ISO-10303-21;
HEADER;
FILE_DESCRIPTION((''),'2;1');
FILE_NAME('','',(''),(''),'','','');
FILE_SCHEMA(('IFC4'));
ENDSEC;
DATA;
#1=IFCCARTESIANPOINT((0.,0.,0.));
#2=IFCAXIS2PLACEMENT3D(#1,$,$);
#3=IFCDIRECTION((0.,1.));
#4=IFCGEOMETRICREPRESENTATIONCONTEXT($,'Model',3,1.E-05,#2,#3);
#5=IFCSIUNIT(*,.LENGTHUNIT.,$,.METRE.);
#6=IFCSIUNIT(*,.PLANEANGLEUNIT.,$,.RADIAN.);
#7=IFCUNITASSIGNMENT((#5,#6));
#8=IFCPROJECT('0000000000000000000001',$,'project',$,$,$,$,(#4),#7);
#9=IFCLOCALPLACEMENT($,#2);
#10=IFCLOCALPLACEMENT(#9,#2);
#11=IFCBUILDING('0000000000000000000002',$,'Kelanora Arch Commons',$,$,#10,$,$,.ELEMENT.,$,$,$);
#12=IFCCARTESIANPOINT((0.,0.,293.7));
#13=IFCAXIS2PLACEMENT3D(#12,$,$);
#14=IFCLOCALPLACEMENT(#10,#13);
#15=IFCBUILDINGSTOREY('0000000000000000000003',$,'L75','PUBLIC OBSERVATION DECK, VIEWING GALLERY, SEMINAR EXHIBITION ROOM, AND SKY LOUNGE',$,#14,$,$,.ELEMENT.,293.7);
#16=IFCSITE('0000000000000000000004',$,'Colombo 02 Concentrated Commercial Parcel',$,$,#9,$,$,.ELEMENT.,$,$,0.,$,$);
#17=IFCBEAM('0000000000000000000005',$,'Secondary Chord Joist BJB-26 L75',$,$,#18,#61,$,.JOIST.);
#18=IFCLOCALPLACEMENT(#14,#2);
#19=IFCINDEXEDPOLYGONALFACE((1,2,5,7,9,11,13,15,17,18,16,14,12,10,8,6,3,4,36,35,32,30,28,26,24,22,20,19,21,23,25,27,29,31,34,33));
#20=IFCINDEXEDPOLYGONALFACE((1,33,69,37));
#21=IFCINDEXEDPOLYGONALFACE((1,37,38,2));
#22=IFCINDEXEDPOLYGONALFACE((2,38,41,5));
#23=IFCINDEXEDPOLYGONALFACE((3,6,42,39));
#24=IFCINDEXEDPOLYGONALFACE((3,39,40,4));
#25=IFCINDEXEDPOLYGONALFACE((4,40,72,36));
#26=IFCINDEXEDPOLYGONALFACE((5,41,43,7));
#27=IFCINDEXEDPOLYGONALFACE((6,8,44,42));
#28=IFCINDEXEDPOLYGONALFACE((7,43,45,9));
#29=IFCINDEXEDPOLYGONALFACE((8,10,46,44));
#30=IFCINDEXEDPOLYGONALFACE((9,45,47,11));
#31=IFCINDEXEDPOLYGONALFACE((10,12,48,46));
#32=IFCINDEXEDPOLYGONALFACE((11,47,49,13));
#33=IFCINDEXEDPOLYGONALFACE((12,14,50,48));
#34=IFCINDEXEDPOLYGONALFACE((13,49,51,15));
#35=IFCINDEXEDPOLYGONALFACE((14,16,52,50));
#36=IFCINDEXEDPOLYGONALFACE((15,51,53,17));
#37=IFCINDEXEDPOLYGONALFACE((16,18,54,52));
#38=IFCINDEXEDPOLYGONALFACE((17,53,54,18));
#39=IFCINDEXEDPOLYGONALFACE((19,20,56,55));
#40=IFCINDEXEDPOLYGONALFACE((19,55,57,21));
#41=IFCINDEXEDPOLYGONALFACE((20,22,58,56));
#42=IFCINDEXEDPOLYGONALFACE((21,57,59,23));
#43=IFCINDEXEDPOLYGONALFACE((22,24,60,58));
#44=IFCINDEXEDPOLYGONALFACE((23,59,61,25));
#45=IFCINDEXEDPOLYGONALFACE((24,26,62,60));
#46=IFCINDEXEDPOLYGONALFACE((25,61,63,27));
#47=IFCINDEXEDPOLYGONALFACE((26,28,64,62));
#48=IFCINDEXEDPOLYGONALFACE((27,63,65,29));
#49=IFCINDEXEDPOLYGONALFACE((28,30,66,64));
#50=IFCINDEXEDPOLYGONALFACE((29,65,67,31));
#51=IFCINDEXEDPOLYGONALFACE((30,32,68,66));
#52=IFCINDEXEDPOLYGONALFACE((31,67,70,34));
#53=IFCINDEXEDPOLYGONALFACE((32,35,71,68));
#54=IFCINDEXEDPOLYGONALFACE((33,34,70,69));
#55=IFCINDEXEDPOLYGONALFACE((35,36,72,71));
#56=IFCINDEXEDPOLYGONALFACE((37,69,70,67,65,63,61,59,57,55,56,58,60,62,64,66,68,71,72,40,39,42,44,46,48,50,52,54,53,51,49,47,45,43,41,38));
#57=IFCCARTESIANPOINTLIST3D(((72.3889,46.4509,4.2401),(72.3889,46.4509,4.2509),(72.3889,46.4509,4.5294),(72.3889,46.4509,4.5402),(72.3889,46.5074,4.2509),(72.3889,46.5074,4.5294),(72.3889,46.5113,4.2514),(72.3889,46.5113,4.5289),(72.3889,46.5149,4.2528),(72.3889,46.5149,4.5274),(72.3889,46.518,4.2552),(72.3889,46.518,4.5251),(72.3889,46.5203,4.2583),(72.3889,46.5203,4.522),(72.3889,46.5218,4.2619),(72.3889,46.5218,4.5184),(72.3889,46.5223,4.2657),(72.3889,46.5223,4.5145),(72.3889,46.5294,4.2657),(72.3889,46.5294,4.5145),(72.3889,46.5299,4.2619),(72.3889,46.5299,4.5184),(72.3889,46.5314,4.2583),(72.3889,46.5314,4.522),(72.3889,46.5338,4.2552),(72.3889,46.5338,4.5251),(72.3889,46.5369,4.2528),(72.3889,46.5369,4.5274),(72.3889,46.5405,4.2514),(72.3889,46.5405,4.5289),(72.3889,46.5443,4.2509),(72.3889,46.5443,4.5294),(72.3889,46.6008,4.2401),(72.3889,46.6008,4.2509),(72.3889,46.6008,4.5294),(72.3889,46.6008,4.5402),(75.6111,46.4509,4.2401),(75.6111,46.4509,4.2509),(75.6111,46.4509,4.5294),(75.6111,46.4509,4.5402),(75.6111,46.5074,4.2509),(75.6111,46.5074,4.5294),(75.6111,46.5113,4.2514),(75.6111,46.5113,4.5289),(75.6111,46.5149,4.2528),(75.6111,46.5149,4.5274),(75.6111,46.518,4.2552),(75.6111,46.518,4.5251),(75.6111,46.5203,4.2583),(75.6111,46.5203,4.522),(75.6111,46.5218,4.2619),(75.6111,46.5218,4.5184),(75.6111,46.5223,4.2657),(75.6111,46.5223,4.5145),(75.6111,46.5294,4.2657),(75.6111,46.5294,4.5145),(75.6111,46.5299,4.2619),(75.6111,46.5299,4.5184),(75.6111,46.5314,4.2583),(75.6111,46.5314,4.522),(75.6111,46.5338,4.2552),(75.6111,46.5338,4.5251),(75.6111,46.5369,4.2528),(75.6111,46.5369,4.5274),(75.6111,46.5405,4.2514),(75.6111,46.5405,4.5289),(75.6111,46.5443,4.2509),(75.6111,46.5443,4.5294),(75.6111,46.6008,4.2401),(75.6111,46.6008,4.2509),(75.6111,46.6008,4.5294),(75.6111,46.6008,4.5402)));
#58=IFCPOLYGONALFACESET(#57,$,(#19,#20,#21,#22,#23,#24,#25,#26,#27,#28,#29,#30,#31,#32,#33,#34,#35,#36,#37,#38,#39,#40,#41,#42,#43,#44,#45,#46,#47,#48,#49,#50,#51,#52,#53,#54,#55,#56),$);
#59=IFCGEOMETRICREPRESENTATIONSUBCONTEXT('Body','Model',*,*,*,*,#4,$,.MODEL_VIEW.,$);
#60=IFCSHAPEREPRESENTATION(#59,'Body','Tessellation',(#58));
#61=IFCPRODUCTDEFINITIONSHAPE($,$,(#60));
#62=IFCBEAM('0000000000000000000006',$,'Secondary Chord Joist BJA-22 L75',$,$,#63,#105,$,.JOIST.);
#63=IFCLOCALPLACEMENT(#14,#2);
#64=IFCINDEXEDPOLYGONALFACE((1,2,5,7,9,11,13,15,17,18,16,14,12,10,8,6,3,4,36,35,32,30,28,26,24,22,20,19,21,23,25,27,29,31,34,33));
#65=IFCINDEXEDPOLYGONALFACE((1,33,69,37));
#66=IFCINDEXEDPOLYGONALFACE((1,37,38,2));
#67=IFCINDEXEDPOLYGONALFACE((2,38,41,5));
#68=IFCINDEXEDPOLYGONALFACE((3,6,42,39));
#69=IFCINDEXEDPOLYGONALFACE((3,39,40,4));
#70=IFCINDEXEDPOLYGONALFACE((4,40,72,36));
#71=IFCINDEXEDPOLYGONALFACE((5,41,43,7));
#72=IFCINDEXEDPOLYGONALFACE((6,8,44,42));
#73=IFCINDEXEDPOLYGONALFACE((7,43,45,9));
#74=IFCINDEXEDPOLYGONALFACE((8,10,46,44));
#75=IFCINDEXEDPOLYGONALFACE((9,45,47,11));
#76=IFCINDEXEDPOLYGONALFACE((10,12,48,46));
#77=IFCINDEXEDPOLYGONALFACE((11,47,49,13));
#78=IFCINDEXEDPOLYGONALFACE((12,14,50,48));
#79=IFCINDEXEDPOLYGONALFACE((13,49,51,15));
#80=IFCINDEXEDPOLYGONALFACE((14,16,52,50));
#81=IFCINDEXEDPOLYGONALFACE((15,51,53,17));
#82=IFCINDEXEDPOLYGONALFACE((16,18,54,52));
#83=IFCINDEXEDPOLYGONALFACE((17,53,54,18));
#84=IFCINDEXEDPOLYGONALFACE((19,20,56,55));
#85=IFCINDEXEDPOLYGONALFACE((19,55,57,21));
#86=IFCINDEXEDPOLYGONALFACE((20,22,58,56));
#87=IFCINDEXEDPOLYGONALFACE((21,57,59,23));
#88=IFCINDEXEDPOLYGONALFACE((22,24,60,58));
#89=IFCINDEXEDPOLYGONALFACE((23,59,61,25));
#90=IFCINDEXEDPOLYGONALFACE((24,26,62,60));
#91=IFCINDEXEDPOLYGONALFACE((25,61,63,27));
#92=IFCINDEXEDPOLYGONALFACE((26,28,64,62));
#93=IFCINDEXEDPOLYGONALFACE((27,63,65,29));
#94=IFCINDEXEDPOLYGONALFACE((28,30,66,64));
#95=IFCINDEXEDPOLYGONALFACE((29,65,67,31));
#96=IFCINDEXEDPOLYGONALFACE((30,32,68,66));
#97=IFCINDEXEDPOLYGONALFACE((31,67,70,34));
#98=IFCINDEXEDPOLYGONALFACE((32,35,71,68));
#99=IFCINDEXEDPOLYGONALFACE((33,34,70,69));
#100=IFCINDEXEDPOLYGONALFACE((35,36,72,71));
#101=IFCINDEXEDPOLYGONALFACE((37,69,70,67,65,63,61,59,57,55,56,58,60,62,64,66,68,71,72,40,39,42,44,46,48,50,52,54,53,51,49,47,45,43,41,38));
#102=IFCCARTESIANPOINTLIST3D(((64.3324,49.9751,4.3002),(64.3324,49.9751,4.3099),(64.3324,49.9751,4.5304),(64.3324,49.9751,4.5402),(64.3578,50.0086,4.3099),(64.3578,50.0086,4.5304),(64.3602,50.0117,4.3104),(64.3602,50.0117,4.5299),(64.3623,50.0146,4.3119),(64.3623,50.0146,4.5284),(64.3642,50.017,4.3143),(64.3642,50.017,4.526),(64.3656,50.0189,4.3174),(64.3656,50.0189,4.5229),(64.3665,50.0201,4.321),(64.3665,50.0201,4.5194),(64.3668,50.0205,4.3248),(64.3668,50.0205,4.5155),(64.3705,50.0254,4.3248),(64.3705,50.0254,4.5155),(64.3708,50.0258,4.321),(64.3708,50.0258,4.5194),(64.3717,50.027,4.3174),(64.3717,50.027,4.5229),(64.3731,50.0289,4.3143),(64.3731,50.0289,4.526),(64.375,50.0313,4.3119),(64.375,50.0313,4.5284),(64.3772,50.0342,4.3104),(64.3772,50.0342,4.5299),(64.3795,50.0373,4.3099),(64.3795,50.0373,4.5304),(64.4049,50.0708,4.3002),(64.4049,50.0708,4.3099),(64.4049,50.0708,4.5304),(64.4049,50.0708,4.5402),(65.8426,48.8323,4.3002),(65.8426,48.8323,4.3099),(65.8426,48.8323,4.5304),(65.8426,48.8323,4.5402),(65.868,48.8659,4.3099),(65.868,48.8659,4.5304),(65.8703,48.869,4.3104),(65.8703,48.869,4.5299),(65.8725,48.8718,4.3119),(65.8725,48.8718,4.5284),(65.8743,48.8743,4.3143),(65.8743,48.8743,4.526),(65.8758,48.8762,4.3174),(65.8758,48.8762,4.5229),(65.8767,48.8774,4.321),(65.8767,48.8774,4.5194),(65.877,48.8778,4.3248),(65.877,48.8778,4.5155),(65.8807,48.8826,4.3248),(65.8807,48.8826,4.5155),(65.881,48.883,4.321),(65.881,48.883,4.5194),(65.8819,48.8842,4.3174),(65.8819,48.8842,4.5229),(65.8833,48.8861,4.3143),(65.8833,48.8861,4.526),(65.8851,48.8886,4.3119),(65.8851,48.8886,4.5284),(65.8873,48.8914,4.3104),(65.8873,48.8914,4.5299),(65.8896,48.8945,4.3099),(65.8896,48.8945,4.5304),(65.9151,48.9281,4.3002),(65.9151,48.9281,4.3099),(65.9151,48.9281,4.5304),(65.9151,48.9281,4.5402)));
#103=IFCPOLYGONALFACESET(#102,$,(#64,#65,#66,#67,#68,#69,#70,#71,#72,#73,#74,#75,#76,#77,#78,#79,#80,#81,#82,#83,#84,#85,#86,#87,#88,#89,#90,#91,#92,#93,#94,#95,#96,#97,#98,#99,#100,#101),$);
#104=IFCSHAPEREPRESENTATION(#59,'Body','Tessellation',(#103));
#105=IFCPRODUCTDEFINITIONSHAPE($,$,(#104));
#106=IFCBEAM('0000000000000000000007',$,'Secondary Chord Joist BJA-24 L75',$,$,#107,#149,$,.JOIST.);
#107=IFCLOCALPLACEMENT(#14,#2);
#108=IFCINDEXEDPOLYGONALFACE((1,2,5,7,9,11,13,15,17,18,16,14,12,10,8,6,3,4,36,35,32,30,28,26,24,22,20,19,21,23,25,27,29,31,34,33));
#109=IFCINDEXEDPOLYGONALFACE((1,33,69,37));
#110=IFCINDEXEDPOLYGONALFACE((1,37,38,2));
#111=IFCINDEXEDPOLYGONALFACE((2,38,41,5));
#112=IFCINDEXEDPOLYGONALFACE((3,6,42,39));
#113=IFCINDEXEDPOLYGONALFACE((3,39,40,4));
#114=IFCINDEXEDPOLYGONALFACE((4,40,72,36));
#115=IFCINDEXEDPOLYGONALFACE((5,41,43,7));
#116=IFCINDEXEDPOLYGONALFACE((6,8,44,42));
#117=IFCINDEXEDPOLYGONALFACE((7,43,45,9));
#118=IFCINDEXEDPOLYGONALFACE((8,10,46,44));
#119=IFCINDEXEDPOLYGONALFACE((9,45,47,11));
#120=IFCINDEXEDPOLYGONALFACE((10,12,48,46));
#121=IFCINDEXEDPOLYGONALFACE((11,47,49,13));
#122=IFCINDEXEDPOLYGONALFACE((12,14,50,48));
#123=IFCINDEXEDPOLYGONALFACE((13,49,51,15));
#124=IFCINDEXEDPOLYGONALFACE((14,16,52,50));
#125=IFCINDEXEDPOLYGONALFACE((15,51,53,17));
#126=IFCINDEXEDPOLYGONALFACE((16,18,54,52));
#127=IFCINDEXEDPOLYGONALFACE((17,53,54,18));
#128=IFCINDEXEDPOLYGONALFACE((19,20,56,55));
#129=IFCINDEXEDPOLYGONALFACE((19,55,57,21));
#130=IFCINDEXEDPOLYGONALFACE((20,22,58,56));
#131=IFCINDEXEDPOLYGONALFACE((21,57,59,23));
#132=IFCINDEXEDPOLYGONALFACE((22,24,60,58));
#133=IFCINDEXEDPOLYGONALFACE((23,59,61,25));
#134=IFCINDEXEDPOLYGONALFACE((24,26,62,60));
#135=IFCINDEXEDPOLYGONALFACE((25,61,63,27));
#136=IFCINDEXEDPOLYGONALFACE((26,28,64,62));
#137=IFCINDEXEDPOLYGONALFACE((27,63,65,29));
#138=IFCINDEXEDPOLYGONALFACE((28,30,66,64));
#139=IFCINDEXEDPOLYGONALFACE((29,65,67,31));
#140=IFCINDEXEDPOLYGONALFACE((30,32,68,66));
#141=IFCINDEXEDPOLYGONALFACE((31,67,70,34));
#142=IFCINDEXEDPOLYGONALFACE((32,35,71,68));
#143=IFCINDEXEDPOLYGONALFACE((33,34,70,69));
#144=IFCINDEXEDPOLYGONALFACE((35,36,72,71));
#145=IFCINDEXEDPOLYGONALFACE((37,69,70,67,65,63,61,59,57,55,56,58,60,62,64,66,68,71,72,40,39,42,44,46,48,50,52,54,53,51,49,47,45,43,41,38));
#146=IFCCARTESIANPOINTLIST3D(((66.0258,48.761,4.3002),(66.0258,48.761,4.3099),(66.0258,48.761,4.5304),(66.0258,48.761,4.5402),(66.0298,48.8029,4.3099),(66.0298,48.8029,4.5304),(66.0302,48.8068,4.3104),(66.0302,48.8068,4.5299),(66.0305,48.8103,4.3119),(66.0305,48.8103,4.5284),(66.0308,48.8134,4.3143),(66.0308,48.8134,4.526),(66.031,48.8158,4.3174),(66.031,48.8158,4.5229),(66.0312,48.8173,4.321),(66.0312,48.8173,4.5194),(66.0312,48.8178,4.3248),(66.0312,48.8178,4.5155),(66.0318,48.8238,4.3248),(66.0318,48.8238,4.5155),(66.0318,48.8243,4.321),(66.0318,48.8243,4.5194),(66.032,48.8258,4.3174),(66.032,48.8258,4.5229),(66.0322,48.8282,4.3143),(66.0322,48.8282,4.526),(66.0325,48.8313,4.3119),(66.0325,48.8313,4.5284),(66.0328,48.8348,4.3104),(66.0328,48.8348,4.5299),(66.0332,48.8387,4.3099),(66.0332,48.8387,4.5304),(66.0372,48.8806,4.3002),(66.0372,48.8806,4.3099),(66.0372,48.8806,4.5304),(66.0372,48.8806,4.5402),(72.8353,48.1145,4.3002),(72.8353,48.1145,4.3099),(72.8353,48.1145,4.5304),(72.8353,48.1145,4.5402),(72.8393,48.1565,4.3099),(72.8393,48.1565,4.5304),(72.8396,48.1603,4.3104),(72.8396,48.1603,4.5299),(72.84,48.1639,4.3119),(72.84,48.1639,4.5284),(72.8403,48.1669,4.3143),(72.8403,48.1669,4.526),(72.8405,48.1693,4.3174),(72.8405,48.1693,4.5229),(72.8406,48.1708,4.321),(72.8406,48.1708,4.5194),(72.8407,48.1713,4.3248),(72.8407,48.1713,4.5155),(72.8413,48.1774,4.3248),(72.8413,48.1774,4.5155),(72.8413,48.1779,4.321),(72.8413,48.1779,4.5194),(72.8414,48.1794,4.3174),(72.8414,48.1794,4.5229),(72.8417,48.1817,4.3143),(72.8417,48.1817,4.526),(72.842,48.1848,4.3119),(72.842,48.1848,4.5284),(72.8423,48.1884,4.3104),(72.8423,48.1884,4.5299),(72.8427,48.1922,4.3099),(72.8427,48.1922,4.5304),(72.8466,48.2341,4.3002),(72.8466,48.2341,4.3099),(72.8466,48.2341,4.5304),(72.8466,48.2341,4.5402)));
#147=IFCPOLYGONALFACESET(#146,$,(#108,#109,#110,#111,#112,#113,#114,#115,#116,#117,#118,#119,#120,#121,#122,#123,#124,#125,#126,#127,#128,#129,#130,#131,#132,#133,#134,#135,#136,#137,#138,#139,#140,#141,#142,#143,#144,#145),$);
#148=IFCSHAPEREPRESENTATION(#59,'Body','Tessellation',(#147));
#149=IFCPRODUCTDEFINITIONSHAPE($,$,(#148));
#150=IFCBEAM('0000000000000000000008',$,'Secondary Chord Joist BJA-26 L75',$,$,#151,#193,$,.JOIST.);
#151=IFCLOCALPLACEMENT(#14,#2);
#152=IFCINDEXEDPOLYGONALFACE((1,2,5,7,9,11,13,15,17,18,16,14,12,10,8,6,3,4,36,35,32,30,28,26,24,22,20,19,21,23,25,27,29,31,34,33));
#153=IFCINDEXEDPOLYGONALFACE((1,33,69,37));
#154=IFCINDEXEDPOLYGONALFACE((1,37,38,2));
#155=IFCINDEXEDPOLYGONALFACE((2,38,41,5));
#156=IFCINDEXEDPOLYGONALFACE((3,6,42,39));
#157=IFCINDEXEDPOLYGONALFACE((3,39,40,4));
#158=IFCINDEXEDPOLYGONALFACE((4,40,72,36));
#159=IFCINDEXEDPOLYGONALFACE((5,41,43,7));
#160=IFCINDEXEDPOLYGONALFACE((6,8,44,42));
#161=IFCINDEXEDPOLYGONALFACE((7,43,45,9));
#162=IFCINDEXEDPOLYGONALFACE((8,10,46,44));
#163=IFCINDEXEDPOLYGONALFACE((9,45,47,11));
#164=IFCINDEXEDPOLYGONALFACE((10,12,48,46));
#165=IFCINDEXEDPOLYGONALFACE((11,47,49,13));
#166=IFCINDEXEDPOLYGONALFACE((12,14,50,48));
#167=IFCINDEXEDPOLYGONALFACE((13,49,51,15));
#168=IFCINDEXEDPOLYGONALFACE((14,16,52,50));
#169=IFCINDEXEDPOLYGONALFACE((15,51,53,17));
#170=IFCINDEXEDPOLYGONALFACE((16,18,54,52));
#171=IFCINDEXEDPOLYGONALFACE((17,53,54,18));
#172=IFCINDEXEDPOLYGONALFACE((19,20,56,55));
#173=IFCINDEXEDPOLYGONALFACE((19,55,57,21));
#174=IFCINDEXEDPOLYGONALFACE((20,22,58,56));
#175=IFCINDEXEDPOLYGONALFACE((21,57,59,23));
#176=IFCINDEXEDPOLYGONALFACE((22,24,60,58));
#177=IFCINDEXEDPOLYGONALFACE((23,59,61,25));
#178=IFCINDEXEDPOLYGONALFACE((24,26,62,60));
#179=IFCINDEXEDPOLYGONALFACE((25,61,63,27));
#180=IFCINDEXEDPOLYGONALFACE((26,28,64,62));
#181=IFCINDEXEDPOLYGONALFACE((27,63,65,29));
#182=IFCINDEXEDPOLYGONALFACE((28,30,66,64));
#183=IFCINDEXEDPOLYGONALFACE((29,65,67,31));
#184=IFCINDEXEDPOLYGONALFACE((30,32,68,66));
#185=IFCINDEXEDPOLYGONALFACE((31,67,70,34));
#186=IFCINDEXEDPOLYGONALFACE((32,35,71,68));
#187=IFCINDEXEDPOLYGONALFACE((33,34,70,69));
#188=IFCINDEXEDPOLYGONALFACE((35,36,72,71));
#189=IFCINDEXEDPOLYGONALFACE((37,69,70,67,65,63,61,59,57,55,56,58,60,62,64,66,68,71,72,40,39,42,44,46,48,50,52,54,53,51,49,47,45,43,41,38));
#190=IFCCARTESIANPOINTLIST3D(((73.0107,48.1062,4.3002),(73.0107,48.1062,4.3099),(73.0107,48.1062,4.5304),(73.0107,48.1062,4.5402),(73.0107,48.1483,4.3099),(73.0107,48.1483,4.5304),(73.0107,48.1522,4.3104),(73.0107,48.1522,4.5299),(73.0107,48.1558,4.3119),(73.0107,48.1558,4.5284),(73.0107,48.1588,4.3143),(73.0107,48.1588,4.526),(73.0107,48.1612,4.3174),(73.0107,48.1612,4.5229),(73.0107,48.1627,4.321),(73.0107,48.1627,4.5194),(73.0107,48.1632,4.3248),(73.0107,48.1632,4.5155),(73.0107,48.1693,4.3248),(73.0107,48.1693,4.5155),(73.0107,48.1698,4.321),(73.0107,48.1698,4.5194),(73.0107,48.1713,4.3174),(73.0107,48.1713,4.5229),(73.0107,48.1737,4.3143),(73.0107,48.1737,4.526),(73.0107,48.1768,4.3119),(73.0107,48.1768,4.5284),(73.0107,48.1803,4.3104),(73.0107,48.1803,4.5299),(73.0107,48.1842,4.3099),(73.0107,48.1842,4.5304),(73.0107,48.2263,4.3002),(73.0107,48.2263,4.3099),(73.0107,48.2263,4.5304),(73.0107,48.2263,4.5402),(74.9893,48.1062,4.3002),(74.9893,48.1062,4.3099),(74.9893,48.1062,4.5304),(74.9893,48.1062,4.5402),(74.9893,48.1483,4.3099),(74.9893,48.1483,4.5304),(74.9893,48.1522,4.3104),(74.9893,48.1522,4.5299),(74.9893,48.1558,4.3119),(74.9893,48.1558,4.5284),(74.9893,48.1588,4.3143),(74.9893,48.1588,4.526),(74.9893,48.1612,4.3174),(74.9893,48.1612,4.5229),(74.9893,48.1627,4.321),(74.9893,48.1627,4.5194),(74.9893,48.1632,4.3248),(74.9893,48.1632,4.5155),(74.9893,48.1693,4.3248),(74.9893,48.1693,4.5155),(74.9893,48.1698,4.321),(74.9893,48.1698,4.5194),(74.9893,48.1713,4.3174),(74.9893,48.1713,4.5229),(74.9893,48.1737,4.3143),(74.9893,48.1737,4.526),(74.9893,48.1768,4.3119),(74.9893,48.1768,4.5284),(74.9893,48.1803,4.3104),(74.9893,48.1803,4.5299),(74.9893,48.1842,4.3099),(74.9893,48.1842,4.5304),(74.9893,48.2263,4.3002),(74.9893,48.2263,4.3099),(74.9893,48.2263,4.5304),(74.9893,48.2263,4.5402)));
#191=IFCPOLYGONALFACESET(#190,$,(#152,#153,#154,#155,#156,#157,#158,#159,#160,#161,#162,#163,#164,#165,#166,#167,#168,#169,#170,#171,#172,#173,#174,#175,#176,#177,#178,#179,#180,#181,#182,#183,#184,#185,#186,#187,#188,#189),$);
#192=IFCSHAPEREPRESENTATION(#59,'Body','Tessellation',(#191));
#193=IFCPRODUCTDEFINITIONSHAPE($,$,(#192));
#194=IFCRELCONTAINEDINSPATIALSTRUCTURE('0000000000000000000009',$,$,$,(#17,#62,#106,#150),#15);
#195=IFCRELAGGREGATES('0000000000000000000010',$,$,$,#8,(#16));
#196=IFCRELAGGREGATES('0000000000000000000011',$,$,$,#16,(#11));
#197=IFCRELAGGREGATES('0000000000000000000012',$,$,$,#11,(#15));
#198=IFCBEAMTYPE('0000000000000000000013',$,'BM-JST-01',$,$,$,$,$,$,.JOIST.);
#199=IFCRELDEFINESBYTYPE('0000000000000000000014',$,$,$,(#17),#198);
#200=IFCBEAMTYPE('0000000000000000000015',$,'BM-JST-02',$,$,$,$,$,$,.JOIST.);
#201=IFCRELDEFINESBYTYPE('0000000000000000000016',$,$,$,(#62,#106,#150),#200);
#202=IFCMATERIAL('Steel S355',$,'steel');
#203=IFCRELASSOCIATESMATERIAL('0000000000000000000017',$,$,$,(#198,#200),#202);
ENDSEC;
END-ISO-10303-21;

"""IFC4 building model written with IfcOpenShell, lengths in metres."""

from ifc_helpers import new_model, si_unit, direction, frame, origin, origin_2d, place, context, subcontext, project, spatial, i_section, extrude, material, material_profile, profile_set, type_object, element, save


model = new_model("IFC4")

# Units and contexts
model_context = context("Model", 3, precision=1e-05, world=origin(), true_north=direction((0.0, 1.0)))
body_context = subcontext(model_context, "Body", "Model", "MODEL_VIEW")
ifc_project = project(units=[si_unit("LENGTHUNIT", "METRE"), si_unit("PLANEANGLEUNIT", "RADIAN")], contexts=[model_context])

# Site, building, storey
site_placement = place(None, origin())
site = spatial("IfcSite", under=ifc_project, at=site_placement, Name="Colombo 02 Concentrated Commercial Parcel", CompositionType="ELEMENT", RefElevation=0.0)
building_placement = place(site_placement, origin())
building = spatial("IfcBuilding", under=site, at=building_placement, Name="Kelanora Arch Commons", CompositionType="ELEMENT")
storey_placement = place(building_placement, frame((0.0, 0.0, 293.7)))
storey = spatial("IfcBuildingStorey", under=building, at=storey_placement, Name="L75", Description="PUBLIC OBSERVATION DECK, VIEWING GALLERY, SEMINAR EXHIBITION ROOM, AND SKY LOUNGE", CompositionType="ELEMENT", Elevation=293.7)

# Beams
ifc_material_1 = material(Name="Steel S355", Category="steel")
ifc_material_profile_1 = material_profile(ifc_material_1, i_section(OverallWidth=0.1499, OverallDepth=0.3, WebThickness=0.0071, FlangeThickness=0.0107, FilletRadius=0.0149, at=origin_2d()), Name="IPE300")
ifc_profile_set_1 = profile_set([ifc_material_profile_1], Name="Steel S355")
beam_type_1 = type_object("IfcBeamType", Name="BM-JST-01", PredefinedType="JOIST", material=ifc_profile_set_1)
beam_1_placement = place(storey_placement, frame((72.3889, 46.5259, 4.3901), z_axis=(1.0, 0.0, 0.0), x_axis=(0.0, 1.0, 0.0)))
element("IfcBeam", 1, at=beam_1_placement, inside=storey, type_object=beam_type_1, Name="Secondary Chord Joist BJB-26 L75", PredefinedType="JOIST", context=body_context, shape_type="SweptSolid", body=[
    extrude(i_section(OverallWidth=0.1499, OverallDepth=0.3, WebThickness=0.0071, FlangeThickness=0.0107, FilletRadius=0.0149, at=origin_2d()), origin(), (0.0, 0.0, 1.0), 3.2222),
])
ifc_material_profile_2 = material_profile(ifc_material_1, i_section(OverallWidth=0.1201, OverallDepth=0.24, WebThickness=0.0061, FlangeThickness=0.0098, FilletRadius=0.0149, at=origin_2d()), Name="IPE240")
ifc_profile_set_2 = profile_set([ifc_material_profile_2], Name="Steel S355")
beam_type_2 = type_object("IfcBeamType", Name="BM-JST-02", PredefinedType="JOIST", material=ifc_profile_set_2)
beam_2_placement = place(storey_placement, frame((64.3687, 50.0229, 4.4202), z_axis=(0.797425, -0.603418, 0.0), x_axis=(0.603418, 0.797425, 0.0)))
element("IfcBeam", 2, at=beam_2_placement, inside=storey, type_object=beam_type_2, Name="Secondary Chord Joist BJA-22 L75", PredefinedType="JOIST", context=body_context, shape_type="SweptSolid", body=[
    extrude(i_section(OverallWidth=0.1201, OverallDepth=0.24, WebThickness=0.0061, FlangeThickness=0.0098, FilletRadius=0.0149, at=origin_2d()), origin(), (0.0, 0.0, 1.0), 1.8938),
])
beam_3_placement = place(storey_placement, frame((66.0315, 48.8208, 4.4202), z_axis=(0.995524, -0.094513, 0.0), x_axis=(0.094513, 0.995524, 0.0)))
element("IfcBeam", 3, at=beam_3_placement, inside=storey, type_object=beam_type_2, Name="Secondary Chord Joist BJA-24 L75", PredefinedType="JOIST", context=body_context, shape_type="SweptSolid", body=[
    extrude(i_section(OverallWidth=0.1201, OverallDepth=0.24, WebThickness=0.0061, FlangeThickness=0.0098, FilletRadius=0.0149, at=origin_2d()), origin(), (0.0, 0.0, 1.0), 6.8401),
])
beam_4_placement = place(storey_placement, frame((73.0107, 48.1663, 4.4202), z_axis=(1.0, 0.0, 0.0), x_axis=(0.0, 1.0, 0.0)))
element("IfcBeam", 4, at=beam_4_placement, inside=storey, type_object=beam_type_2, Name="Secondary Chord Joist BJA-26 L75", PredefinedType="JOIST", context=body_context, shape_type="SweptSolid", body=[
    extrude(i_section(OverallWidth=0.1201, OverallDepth=0.24, WebThickness=0.0061, FlangeThickness=0.0098, FilletRadius=0.0149, at=origin_2d()), origin(), (0.0, 0.0, 1.0), 1.9785),
])

save(model, "model.ifc")
